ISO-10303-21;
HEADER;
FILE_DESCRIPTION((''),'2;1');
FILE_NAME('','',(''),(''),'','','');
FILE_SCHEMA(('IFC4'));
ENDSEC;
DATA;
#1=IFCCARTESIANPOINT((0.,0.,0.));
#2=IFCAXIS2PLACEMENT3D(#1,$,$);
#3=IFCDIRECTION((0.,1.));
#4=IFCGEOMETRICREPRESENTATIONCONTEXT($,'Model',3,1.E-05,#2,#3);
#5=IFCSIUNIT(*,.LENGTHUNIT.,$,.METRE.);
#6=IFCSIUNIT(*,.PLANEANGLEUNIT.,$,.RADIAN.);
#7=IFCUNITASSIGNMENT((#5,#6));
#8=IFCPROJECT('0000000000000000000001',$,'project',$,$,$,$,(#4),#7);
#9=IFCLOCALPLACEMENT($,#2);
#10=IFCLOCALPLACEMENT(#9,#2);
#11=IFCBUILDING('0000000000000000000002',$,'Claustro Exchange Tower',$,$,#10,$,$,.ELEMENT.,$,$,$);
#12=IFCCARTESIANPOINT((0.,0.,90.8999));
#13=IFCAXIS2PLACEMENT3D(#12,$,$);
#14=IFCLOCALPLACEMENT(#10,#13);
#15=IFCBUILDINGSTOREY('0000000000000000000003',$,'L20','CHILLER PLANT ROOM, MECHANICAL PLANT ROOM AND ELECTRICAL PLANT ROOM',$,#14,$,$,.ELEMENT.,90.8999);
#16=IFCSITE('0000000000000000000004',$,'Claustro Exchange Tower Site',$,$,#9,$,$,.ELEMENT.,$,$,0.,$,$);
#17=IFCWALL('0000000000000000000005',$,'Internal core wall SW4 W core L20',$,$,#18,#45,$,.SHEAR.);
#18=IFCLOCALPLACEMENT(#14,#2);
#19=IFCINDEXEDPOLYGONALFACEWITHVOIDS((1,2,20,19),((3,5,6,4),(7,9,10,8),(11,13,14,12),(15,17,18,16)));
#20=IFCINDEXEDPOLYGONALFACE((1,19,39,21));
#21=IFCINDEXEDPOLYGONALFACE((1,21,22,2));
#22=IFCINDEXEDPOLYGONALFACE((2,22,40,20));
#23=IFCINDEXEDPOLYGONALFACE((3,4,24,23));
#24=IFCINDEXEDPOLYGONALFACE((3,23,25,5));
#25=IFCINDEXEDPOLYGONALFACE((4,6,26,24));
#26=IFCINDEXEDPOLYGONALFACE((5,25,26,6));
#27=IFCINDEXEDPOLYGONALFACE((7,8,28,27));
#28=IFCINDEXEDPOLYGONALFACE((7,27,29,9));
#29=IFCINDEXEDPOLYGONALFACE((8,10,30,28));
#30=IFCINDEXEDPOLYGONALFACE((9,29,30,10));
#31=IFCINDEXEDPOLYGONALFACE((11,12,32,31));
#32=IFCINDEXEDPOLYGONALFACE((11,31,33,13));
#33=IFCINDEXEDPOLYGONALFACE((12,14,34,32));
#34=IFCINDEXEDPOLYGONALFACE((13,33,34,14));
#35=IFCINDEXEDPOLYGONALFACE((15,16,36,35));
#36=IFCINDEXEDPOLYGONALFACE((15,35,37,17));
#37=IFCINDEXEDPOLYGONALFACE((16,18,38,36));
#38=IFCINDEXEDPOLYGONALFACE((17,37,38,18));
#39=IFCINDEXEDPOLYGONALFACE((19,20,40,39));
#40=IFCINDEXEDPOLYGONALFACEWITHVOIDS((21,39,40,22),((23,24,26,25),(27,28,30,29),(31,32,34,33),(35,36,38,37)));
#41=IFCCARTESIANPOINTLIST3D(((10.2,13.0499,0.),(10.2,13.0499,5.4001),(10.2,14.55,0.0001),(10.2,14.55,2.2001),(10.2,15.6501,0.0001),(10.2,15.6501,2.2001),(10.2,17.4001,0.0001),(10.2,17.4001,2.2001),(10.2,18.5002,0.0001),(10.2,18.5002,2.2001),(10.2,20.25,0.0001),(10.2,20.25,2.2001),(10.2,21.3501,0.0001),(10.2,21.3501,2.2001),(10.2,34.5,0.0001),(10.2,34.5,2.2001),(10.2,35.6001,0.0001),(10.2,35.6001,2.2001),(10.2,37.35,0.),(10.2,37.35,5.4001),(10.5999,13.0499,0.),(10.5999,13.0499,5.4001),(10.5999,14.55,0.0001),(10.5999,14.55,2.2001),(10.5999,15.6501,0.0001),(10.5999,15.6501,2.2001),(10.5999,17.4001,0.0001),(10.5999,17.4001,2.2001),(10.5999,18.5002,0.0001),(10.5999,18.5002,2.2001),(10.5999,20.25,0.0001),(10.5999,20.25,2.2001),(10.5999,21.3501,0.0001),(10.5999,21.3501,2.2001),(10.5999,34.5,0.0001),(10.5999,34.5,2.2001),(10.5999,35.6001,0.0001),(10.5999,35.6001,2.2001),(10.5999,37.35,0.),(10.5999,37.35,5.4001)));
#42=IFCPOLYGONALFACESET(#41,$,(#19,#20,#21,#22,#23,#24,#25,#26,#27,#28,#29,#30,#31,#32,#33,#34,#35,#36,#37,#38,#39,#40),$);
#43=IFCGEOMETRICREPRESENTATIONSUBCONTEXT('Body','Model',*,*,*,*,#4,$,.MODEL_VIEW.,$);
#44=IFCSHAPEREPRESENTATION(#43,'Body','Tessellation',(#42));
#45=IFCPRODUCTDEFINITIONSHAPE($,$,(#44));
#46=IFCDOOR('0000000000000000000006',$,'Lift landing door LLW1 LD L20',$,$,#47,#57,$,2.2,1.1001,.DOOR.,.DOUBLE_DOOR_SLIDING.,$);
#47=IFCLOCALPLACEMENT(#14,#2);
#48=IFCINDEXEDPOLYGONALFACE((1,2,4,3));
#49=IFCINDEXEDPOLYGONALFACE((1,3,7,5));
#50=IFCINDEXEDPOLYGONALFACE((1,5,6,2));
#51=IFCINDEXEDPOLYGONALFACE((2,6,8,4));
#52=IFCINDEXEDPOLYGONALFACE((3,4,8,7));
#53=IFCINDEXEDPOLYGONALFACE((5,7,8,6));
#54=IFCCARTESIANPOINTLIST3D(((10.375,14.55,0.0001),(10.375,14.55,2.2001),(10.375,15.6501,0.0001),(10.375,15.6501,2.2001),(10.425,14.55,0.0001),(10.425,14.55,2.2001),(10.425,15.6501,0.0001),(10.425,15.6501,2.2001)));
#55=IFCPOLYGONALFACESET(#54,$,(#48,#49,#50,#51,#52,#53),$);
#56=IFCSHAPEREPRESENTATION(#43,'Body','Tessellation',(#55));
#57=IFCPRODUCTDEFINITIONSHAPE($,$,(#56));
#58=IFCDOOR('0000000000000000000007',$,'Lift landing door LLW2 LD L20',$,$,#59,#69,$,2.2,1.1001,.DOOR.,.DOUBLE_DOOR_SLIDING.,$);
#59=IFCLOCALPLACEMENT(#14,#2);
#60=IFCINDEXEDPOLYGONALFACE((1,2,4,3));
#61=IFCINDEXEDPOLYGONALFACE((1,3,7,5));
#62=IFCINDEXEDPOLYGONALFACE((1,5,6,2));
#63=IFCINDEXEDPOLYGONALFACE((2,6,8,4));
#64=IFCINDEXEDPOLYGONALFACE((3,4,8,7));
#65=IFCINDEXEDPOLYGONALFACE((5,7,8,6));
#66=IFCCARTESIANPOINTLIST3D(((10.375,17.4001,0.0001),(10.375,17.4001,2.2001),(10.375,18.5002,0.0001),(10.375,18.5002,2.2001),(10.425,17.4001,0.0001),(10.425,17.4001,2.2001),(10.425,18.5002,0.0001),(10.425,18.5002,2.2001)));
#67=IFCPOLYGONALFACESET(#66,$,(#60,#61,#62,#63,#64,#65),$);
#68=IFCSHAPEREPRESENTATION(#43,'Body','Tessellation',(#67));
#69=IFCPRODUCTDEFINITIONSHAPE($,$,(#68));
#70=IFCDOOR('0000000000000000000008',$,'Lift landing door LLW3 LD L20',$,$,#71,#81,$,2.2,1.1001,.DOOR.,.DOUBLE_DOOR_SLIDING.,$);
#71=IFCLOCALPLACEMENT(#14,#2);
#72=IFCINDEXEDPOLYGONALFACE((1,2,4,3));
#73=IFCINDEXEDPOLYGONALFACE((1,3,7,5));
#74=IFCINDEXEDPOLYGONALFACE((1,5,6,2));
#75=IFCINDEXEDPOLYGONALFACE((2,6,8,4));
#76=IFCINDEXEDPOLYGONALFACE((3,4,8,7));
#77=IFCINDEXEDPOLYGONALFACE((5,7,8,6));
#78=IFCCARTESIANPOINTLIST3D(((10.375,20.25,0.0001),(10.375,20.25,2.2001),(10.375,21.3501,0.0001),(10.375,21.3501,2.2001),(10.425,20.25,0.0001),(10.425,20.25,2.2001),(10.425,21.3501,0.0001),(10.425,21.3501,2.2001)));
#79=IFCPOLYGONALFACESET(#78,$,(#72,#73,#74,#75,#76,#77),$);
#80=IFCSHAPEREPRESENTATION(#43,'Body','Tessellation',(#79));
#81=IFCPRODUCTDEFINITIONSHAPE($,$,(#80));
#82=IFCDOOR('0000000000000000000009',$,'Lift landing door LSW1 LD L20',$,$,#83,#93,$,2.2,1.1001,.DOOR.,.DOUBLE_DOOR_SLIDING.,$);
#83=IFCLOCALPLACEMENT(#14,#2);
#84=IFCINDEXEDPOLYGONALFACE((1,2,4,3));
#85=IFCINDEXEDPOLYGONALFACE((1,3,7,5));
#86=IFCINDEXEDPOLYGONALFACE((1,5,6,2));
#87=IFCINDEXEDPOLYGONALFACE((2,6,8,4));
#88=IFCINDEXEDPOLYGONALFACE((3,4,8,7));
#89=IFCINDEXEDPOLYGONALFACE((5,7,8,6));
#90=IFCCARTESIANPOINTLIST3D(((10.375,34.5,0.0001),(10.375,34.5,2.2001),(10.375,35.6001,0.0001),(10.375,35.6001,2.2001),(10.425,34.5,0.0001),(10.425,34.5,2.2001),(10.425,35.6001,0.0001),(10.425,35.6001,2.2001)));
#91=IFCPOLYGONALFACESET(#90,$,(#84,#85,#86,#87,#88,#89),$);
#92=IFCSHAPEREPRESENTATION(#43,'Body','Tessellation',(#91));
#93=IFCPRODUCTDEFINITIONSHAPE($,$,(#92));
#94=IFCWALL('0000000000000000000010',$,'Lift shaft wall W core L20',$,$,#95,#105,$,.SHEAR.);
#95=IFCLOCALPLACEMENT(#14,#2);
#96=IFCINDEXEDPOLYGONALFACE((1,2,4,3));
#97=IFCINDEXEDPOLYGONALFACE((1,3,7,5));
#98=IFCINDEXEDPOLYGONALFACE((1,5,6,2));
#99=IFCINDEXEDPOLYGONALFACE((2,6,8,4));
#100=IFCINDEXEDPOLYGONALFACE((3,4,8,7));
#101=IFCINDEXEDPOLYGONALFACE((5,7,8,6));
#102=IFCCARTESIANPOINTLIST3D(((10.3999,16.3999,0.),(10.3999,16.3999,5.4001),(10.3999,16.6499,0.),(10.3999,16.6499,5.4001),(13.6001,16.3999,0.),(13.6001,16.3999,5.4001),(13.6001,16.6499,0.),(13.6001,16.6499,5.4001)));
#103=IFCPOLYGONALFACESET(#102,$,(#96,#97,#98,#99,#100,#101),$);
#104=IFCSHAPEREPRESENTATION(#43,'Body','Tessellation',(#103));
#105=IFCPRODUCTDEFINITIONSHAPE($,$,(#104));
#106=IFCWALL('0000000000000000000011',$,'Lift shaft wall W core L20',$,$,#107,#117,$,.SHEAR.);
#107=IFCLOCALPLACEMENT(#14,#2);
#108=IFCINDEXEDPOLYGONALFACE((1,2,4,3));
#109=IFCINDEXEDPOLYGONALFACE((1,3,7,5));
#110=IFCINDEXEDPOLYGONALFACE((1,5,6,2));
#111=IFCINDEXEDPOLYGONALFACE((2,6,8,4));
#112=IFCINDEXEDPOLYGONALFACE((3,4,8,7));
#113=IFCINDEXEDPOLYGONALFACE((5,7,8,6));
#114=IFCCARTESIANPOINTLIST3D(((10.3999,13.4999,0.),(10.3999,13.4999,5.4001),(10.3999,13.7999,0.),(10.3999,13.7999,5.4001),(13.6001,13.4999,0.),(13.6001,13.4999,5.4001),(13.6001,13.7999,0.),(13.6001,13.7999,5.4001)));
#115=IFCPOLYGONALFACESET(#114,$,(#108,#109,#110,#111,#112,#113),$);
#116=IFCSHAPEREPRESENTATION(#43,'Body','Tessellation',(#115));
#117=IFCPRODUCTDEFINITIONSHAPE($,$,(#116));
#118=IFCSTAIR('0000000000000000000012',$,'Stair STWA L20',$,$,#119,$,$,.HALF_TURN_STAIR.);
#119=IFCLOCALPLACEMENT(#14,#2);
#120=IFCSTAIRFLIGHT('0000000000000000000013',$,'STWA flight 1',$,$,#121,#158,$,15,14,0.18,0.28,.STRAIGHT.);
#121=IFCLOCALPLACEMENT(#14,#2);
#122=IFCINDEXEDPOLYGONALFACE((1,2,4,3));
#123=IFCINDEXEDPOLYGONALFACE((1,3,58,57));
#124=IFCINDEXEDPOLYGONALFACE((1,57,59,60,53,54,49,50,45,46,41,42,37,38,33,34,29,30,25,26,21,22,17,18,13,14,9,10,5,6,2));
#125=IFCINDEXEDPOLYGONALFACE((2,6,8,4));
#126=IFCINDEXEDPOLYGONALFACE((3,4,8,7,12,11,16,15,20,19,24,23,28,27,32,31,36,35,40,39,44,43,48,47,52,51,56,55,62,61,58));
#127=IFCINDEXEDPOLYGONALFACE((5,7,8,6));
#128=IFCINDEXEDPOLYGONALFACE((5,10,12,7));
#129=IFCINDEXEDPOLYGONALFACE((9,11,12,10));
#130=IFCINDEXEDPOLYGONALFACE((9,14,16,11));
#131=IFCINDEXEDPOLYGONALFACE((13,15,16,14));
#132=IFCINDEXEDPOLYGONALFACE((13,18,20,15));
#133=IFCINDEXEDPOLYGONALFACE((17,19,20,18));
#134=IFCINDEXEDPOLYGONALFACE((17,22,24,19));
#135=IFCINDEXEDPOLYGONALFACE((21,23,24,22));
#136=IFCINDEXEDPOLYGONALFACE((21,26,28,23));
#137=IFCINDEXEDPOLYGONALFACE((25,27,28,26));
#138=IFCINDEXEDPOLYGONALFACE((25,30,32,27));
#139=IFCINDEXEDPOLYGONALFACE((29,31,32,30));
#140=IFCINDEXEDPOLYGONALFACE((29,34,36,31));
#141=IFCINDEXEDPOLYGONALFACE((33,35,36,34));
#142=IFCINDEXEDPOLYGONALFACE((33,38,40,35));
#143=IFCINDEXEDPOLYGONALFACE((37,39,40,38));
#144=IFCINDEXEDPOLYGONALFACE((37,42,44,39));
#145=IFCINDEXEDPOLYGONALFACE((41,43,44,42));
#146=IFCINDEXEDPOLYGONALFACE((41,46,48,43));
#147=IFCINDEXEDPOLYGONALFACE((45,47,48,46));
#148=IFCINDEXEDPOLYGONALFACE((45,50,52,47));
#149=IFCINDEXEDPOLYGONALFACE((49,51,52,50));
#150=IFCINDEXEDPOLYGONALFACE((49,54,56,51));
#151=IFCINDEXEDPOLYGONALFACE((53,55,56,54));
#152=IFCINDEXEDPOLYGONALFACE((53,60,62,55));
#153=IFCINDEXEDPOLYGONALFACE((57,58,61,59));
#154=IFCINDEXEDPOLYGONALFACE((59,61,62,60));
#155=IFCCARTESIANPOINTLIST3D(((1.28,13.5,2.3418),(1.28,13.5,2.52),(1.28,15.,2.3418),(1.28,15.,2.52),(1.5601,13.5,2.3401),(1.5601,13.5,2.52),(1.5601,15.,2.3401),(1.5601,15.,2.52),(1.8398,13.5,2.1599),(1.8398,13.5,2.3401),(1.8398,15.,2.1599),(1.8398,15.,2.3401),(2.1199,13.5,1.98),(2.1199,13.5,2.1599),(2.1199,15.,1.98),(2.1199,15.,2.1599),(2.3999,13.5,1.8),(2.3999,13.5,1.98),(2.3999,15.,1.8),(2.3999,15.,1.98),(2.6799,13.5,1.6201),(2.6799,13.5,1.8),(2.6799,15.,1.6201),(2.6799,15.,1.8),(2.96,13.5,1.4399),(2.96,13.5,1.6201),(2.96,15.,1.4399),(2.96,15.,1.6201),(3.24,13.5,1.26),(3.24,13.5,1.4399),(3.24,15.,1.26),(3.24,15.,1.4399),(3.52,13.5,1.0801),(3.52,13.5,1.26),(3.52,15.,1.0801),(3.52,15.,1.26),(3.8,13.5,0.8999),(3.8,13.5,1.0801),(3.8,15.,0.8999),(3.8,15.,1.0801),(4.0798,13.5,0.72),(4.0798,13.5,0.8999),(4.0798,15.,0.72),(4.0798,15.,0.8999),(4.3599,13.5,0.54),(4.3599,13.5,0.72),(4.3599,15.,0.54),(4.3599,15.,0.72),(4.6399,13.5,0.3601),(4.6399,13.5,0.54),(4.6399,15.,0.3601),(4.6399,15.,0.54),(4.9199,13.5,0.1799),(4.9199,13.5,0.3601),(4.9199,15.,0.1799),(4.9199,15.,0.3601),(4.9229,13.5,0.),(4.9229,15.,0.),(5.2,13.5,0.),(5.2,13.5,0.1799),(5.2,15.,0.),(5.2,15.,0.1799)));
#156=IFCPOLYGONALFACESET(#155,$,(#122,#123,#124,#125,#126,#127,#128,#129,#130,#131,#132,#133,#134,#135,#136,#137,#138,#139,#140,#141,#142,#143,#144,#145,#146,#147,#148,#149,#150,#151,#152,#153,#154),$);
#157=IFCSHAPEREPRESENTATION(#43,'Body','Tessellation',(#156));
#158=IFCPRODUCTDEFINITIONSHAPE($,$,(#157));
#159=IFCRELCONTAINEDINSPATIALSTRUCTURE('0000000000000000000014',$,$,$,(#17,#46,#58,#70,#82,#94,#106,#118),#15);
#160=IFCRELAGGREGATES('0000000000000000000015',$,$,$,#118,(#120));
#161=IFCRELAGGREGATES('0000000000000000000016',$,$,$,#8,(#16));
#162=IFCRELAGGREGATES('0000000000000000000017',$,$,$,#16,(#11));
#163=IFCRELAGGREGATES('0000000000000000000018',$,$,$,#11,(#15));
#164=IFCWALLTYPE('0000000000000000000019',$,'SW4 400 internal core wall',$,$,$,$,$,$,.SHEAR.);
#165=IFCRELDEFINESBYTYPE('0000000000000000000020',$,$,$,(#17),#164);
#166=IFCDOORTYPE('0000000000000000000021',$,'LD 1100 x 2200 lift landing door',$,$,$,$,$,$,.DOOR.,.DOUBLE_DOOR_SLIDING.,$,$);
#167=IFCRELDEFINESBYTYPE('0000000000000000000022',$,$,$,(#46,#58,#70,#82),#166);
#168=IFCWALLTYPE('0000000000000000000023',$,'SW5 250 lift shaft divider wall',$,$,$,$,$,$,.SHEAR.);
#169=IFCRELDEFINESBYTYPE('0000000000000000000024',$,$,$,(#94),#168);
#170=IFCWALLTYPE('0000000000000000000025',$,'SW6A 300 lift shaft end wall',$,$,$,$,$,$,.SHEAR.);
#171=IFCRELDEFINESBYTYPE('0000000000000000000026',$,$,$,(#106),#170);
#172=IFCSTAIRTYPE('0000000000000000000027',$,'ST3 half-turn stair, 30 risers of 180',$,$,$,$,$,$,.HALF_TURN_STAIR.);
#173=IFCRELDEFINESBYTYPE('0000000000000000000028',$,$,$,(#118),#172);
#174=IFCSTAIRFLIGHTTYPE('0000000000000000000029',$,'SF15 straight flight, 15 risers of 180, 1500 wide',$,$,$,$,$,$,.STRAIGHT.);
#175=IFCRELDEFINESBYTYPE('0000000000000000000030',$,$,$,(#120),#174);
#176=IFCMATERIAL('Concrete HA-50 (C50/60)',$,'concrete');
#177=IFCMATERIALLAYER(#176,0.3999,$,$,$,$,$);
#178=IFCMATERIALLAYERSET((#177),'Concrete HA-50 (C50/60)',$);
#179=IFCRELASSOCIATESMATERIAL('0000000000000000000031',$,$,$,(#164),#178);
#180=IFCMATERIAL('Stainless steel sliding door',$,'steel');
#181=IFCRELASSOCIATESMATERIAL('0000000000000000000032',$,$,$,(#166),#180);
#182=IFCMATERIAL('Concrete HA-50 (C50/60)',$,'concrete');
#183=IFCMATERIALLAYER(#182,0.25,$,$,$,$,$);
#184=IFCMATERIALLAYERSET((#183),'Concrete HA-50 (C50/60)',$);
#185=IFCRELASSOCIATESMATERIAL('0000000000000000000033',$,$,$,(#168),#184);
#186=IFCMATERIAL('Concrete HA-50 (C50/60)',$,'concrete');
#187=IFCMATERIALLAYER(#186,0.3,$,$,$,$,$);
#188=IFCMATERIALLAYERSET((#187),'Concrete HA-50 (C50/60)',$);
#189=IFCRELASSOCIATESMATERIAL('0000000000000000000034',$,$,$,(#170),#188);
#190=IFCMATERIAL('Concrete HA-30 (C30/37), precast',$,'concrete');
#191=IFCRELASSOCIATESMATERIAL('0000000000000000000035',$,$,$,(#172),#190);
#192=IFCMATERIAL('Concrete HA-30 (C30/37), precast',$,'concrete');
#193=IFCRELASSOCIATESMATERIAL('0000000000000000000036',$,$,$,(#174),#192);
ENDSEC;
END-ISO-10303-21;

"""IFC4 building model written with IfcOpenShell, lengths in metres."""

from ifc_helpers import new_model, si_unit, direction, frame, frame_2d, origin, place, context, subcontext, project, spatial, polyline, rectangle, outline, extrude, material, layer, layer_set, type_object, element, fill, aggregate, save


model = new_model("IFC4")

# Units and contexts
model_context = context("Model", 3, precision=1e-05, world=origin(), true_north=direction((0.0, 1.0)))
body_context = subcontext(model_context, "Body", "Model", "MODEL_VIEW")
ifc_project = project(units=[si_unit("LENGTHUNIT", "METRE"), si_unit("PLANEANGLEUNIT", "RADIAN")], contexts=[model_context])

# Site, building, storey
site_placement = place(None, origin())
site = spatial("IfcSite", under=ifc_project, at=site_placement, Name="Claustro Exchange Tower Site", CompositionType="ELEMENT", RefElevation=0.0)
building_placement = place(site_placement, origin())
building = spatial("IfcBuilding", under=site, at=building_placement, Name="Claustro Exchange Tower", CompositionType="ELEMENT")
storey_placement = place(building_placement, frame((0.0, 0.0, 90.8999)))
storey = spatial("IfcBuildingStorey", under=building, at=storey_placement, Name="L20", Description="CHILLER PLANT ROOM, MECHANICAL PLANT ROOM AND ELECTRICAL PLANT ROOM", CompositionType="ELEMENT", Elevation=90.8999)

# Wall, openings, doors
ifc_material_1 = material(Name="Concrete HA-50 (C50/60)", Category="concrete")
ifc_layer_1 = layer(ifc_material_1, 0.3999)
ifc_layer_set_1 = layer_set([ifc_layer_1], Name="Concrete HA-50 (C50/60)")
wall_type_1 = type_object("IfcWallType", Name="SW4 400 internal core wall", PredefinedType="SHEAR", material=ifc_layer_set_1)
ifc_material_2 = material(Name="Stainless steel sliding door", Category="steel")
door_type_1 = type_object("IfcDoorType", Name="LD 1100 x 2200 lift landing door", OperationType="DOUBLE_DOOR_SLIDING", PredefinedType="DOOR", material=ifc_material_2)
wall_1_placement = place(storey_placement, frame((10.3999, 13.05, 0.0), z_axis=(0.0, 0.0, 1.0), x_axis=(0.0, 1.0, 0.0)))
wall_1 = element("IfcWall", 1, at=wall_1_placement, inside=storey, type_object=wall_type_1, Name="Internal core wall SW4 W core L20", PredefinedType="SHEAR", context=body_context, shape_type="SweptSolid", body=[
    extrude(rectangle(XDim=24.3, YDim=0.3999, at=frame_2d((12.1499, 0.0))), origin(), (0.0, 0.0, 1.0), 5.4001),
])
opening_1_placement = place(wall_1_placement, frame((1.5, 0.0, 0.0)))
opening_1 = element("IfcOpeningElement", 2, at=opening_1_placement, cuts=wall_1, PredefinedType="OPENING", context=body_context, shape_type="SweptSolid", body=[
    extrude(rectangle(XDim=1.1001, YDim=2.2, at=frame_2d((0.55, 1.1001))), frame((0.0, 0.21, 0.0), z_axis=(0.0, -1.0, 0.0), x_axis=(1.0, 0.0, 0.0)), (0.0, 0.0, 1.0), 0.4199),
])
opening_2_placement = place(wall_1_placement, frame((4.3501, 0.0, 0.0)))
opening_2 = element("IfcOpeningElement", 3, at=opening_2_placement, cuts=wall_1, PredefinedType="OPENING", context=body_context, shape_type="SweptSolid", body=[
    extrude(rectangle(XDim=1.1001, YDim=2.2, at=frame_2d((0.55, 1.1001))), frame((0.0, 0.21, 0.0), z_axis=(0.0, -1.0, 0.0), x_axis=(1.0, 0.0, 0.0)), (0.0, 0.0, 1.0), 0.4199),
])
opening_3_placement = place(wall_1_placement, frame((7.2, 0.0, 0.0)))
opening_3 = element("IfcOpeningElement", 4, at=opening_3_placement, cuts=wall_1, PredefinedType="OPENING", context=body_context, shape_type="SweptSolid", body=[
    extrude(rectangle(XDim=1.1001, YDim=2.2, at=frame_2d((0.55, 1.1001))), frame((0.0, 0.21, 0.0), z_axis=(0.0, -1.0, 0.0), x_axis=(1.0, 0.0, 0.0)), (0.0, 0.0, 1.0), 0.4199),
])
opening_4_placement = place(wall_1_placement, frame((21.45, 0.0, 0.0)))
opening_4 = element("IfcOpeningElement", 5, at=opening_4_placement, cuts=wall_1, PredefinedType="OPENING", context=body_context, shape_type="SweptSolid", body=[
    extrude(rectangle(XDim=1.1001, YDim=2.2, at=frame_2d((0.55, 1.1001))), frame((0.0, 0.21, 0.0), z_axis=(0.0, -1.0, 0.0), x_axis=(1.0, 0.0, 0.0)), (0.0, 0.0, 1.0), 0.4199),
])
door_1_placement = place(opening_1_placement, origin())
door_1 = element("IfcDoor", 6, at=door_1_placement, inside=storey, type_object=door_type_1, Name="Lift landing door LLW1 LD L20", OperationType="DOUBLE_DOOR_SLIDING", OverallHeight=2.2, OverallWidth=1.1001, PredefinedType="DOOR", context=body_context, shape_type="SweptSolid", body=[
    extrude(rectangle(XDim=1.1001, YDim=2.2, at=frame_2d((0.55, 1.1001))), frame((0.0, 0.0249, 0.0), z_axis=(0.0, -1.0, 0.0), x_axis=(1.0, 0.0, 0.0)), (0.0, 0.0, 1.0), 0.05),
])
fill(opening_1, door_1)
door_2_placement = place(opening_2_placement, origin())
door_2 = element("IfcDoor", 7, at=door_2_placement, inside=storey, type_object=door_type_1, Name="Lift landing door LLW2 LD L20", OperationType="DOUBLE_DOOR_SLIDING", OverallHeight=2.2, OverallWidth=1.1001, PredefinedType="DOOR", context=body_context, shape_type="SweptSolid", body=[
    extrude(rectangle(XDim=1.1001, YDim=2.2, at=frame_2d((0.55, 1.1001))), frame((0.0, 0.0249, 0.0), z_axis=(0.0, -1.0, 0.0), x_axis=(1.0, 0.0, 0.0)), (0.0, 0.0, 1.0), 0.05),
])
fill(opening_2, door_2)
door_3_placement = place(opening_3_placement, origin())
door_3 = element("IfcDoor", 8, at=door_3_placement, inside=storey, type_object=door_type_1, Name="Lift landing door LLW3 LD L20", OperationType="DOUBLE_DOOR_SLIDING", OverallHeight=2.2, OverallWidth=1.1001, PredefinedType="DOOR", context=body_context, shape_type="SweptSolid", body=[
    extrude(rectangle(XDim=1.1001, YDim=2.2, at=frame_2d((0.55, 1.1001))), frame((0.0, 0.0249, 0.0), z_axis=(0.0, -1.0, 0.0), x_axis=(1.0, 0.0, 0.0)), (0.0, 0.0, 1.0), 0.05),
])
fill(opening_3, door_3)
door_4_placement = place(opening_4_placement, origin())
door_4 = element("IfcDoor", 9, at=door_4_placement, inside=storey, type_object=door_type_1, Name="Lift landing door LSW1 LD L20", OperationType="DOUBLE_DOOR_SLIDING", OverallHeight=2.2, OverallWidth=1.1001, PredefinedType="DOOR", context=body_context, shape_type="SweptSolid", body=[
    extrude(rectangle(XDim=1.1001, YDim=2.2, at=frame_2d((0.55, 1.1001))), frame((0.0, 0.0249, 0.0), z_axis=(0.0, -1.0, 0.0), x_axis=(1.0, 0.0, 0.0)), (0.0, 0.0, 1.0), 0.05),
])
fill(opening_4, door_4)

# Walls
ifc_material_3 = material(Name="Concrete HA-50 (C50/60)", Category="concrete")
ifc_layer_2 = layer(ifc_material_3, 0.25)
ifc_layer_set_2 = layer_set([ifc_layer_2], Name="Concrete HA-50 (C50/60)")
wall_type_2 = type_object("IfcWallType", Name="SW5 250 lift shaft divider wall", PredefinedType="SHEAR", material=ifc_layer_set_2)
wall_2_placement = place(storey_placement, frame((10.3999, 16.5249, 0.0), z_axis=(0.0, 0.0, 1.0), x_axis=(1.0, 0.0, 0.0)))
element("IfcWall", 10, at=wall_2_placement, inside=storey, type_object=wall_type_2, Name="Lift shaft wall W core L20", PredefinedType="SHEAR", context=body_context, shape_type="SweptSolid", body=[
    extrude(rectangle(XDim=3.2002, YDim=0.25, at=frame_2d((1.6001, 0.0))), origin(), (0.0, 0.0, 1.0), 5.4001),
])
ifc_material_4 = material(Name="Concrete HA-50 (C50/60)", Category="concrete")
ifc_layer_3 = layer(ifc_material_4, 0.3)
ifc_layer_set_3 = layer_set([ifc_layer_3], Name="Concrete HA-50 (C50/60)")
wall_type_3 = type_object("IfcWallType", Name="SW6A 300 lift shaft end wall", PredefinedType="SHEAR", material=ifc_layer_set_3)
wall_3_placement = place(storey_placement, frame((10.3999, 13.6499, 0.0), z_axis=(0.0, 0.0, 1.0), x_axis=(1.0, 0.0, 0.0)))
element("IfcWall", 11, at=wall_3_placement, inside=storey, type_object=wall_type_3, Name="Lift shaft wall W core L20", PredefinedType="SHEAR", context=body_context, shape_type="SweptSolid", body=[
    extrude(rectangle(XDim=3.2002, YDim=0.3, at=frame_2d((1.6001, 0.0))), origin(), (0.0, 0.0, 1.0), 5.4001),
])

# Stair, stair flight
ifc_material_5 = material(Name="Concrete HA-30 (C30/37), precast", Category="concrete")
stair_type = type_object("IfcStairType", Name="ST3 half-turn stair, 30 risers of 180", PredefinedType="HALF_TURN_STAIR", material=ifc_material_5)
stair_placement = place(storey_placement, origin())
stair = element("IfcStair", 12, at=stair_placement, inside=storey, type_object=stair_type, Name="Stair STWA L20", PredefinedType="HALF_TURN_STAIR")
ifc_material_6 = material(Name="Concrete HA-30 (C30/37), precast", Category="concrete")
stair_flight_type = type_object("IfcStairFlightType", Name="SF15 straight flight, 15 risers of 180, 1500 wide", PredefinedType="STRAIGHT", material=ifc_material_6)
stair_flight_placement = place(storey_placement, frame((5.2, 14.25, 0.0), z_axis=(0.0, 0.0, 1.0), x_axis=(-1.0, 0.0, 0.0)))
stair_flight = element("IfcStairFlight", 13, at=stair_flight_placement, type_object=stair_flight_type, Name="STWA flight 1", NumberOfRisers=15, NumberOfTreads=14, PredefinedType="STRAIGHT", RiserHeight=0.18, TreadLength=0.28, context=body_context, shape_type="SweptSolid", body=[
    extrude(outline(polyline([(0.0, 0.0), (0.0, 0.1799), (0.28, 0.1799), (0.28, 0.3601), (0.5601, 0.3601), (0.5601, 0.54), (0.8401, 0.54), (0.8401, 0.72), (1.1201, 0.72), (1.1201, 0.8999), (1.3999, 0.8999), (1.3999, 1.0801), (1.6799, 1.0801), (1.6799, 1.26), (1.96, 1.26), (1.96, 1.4399), (2.24, 1.4399), (2.24, 1.6201), (2.52, 1.6201), (2.52, 1.8), (2.8, 1.8), (2.8, 1.98), (3.0801, 1.98), (3.0801, 2.1599), (3.3601, 2.1599), (3.3601, 2.3401), (3.6399, 2.3401), (3.6399, 2.52), (3.9199, 2.52), (3.9199, 2.7), (3.9199, 2.3418), (0.2771, 0.0), (0.0, 0.0)])), frame((0.0, 0.75, 0.0), z_axis=(0.0, -1.0, 0.0), x_axis=(1.0, 0.0, 0.0)), (0.0, 0.0, 1.0), 1.5),
])
aggregate(stair, [stair_flight])

save(model, "model.ifc")
